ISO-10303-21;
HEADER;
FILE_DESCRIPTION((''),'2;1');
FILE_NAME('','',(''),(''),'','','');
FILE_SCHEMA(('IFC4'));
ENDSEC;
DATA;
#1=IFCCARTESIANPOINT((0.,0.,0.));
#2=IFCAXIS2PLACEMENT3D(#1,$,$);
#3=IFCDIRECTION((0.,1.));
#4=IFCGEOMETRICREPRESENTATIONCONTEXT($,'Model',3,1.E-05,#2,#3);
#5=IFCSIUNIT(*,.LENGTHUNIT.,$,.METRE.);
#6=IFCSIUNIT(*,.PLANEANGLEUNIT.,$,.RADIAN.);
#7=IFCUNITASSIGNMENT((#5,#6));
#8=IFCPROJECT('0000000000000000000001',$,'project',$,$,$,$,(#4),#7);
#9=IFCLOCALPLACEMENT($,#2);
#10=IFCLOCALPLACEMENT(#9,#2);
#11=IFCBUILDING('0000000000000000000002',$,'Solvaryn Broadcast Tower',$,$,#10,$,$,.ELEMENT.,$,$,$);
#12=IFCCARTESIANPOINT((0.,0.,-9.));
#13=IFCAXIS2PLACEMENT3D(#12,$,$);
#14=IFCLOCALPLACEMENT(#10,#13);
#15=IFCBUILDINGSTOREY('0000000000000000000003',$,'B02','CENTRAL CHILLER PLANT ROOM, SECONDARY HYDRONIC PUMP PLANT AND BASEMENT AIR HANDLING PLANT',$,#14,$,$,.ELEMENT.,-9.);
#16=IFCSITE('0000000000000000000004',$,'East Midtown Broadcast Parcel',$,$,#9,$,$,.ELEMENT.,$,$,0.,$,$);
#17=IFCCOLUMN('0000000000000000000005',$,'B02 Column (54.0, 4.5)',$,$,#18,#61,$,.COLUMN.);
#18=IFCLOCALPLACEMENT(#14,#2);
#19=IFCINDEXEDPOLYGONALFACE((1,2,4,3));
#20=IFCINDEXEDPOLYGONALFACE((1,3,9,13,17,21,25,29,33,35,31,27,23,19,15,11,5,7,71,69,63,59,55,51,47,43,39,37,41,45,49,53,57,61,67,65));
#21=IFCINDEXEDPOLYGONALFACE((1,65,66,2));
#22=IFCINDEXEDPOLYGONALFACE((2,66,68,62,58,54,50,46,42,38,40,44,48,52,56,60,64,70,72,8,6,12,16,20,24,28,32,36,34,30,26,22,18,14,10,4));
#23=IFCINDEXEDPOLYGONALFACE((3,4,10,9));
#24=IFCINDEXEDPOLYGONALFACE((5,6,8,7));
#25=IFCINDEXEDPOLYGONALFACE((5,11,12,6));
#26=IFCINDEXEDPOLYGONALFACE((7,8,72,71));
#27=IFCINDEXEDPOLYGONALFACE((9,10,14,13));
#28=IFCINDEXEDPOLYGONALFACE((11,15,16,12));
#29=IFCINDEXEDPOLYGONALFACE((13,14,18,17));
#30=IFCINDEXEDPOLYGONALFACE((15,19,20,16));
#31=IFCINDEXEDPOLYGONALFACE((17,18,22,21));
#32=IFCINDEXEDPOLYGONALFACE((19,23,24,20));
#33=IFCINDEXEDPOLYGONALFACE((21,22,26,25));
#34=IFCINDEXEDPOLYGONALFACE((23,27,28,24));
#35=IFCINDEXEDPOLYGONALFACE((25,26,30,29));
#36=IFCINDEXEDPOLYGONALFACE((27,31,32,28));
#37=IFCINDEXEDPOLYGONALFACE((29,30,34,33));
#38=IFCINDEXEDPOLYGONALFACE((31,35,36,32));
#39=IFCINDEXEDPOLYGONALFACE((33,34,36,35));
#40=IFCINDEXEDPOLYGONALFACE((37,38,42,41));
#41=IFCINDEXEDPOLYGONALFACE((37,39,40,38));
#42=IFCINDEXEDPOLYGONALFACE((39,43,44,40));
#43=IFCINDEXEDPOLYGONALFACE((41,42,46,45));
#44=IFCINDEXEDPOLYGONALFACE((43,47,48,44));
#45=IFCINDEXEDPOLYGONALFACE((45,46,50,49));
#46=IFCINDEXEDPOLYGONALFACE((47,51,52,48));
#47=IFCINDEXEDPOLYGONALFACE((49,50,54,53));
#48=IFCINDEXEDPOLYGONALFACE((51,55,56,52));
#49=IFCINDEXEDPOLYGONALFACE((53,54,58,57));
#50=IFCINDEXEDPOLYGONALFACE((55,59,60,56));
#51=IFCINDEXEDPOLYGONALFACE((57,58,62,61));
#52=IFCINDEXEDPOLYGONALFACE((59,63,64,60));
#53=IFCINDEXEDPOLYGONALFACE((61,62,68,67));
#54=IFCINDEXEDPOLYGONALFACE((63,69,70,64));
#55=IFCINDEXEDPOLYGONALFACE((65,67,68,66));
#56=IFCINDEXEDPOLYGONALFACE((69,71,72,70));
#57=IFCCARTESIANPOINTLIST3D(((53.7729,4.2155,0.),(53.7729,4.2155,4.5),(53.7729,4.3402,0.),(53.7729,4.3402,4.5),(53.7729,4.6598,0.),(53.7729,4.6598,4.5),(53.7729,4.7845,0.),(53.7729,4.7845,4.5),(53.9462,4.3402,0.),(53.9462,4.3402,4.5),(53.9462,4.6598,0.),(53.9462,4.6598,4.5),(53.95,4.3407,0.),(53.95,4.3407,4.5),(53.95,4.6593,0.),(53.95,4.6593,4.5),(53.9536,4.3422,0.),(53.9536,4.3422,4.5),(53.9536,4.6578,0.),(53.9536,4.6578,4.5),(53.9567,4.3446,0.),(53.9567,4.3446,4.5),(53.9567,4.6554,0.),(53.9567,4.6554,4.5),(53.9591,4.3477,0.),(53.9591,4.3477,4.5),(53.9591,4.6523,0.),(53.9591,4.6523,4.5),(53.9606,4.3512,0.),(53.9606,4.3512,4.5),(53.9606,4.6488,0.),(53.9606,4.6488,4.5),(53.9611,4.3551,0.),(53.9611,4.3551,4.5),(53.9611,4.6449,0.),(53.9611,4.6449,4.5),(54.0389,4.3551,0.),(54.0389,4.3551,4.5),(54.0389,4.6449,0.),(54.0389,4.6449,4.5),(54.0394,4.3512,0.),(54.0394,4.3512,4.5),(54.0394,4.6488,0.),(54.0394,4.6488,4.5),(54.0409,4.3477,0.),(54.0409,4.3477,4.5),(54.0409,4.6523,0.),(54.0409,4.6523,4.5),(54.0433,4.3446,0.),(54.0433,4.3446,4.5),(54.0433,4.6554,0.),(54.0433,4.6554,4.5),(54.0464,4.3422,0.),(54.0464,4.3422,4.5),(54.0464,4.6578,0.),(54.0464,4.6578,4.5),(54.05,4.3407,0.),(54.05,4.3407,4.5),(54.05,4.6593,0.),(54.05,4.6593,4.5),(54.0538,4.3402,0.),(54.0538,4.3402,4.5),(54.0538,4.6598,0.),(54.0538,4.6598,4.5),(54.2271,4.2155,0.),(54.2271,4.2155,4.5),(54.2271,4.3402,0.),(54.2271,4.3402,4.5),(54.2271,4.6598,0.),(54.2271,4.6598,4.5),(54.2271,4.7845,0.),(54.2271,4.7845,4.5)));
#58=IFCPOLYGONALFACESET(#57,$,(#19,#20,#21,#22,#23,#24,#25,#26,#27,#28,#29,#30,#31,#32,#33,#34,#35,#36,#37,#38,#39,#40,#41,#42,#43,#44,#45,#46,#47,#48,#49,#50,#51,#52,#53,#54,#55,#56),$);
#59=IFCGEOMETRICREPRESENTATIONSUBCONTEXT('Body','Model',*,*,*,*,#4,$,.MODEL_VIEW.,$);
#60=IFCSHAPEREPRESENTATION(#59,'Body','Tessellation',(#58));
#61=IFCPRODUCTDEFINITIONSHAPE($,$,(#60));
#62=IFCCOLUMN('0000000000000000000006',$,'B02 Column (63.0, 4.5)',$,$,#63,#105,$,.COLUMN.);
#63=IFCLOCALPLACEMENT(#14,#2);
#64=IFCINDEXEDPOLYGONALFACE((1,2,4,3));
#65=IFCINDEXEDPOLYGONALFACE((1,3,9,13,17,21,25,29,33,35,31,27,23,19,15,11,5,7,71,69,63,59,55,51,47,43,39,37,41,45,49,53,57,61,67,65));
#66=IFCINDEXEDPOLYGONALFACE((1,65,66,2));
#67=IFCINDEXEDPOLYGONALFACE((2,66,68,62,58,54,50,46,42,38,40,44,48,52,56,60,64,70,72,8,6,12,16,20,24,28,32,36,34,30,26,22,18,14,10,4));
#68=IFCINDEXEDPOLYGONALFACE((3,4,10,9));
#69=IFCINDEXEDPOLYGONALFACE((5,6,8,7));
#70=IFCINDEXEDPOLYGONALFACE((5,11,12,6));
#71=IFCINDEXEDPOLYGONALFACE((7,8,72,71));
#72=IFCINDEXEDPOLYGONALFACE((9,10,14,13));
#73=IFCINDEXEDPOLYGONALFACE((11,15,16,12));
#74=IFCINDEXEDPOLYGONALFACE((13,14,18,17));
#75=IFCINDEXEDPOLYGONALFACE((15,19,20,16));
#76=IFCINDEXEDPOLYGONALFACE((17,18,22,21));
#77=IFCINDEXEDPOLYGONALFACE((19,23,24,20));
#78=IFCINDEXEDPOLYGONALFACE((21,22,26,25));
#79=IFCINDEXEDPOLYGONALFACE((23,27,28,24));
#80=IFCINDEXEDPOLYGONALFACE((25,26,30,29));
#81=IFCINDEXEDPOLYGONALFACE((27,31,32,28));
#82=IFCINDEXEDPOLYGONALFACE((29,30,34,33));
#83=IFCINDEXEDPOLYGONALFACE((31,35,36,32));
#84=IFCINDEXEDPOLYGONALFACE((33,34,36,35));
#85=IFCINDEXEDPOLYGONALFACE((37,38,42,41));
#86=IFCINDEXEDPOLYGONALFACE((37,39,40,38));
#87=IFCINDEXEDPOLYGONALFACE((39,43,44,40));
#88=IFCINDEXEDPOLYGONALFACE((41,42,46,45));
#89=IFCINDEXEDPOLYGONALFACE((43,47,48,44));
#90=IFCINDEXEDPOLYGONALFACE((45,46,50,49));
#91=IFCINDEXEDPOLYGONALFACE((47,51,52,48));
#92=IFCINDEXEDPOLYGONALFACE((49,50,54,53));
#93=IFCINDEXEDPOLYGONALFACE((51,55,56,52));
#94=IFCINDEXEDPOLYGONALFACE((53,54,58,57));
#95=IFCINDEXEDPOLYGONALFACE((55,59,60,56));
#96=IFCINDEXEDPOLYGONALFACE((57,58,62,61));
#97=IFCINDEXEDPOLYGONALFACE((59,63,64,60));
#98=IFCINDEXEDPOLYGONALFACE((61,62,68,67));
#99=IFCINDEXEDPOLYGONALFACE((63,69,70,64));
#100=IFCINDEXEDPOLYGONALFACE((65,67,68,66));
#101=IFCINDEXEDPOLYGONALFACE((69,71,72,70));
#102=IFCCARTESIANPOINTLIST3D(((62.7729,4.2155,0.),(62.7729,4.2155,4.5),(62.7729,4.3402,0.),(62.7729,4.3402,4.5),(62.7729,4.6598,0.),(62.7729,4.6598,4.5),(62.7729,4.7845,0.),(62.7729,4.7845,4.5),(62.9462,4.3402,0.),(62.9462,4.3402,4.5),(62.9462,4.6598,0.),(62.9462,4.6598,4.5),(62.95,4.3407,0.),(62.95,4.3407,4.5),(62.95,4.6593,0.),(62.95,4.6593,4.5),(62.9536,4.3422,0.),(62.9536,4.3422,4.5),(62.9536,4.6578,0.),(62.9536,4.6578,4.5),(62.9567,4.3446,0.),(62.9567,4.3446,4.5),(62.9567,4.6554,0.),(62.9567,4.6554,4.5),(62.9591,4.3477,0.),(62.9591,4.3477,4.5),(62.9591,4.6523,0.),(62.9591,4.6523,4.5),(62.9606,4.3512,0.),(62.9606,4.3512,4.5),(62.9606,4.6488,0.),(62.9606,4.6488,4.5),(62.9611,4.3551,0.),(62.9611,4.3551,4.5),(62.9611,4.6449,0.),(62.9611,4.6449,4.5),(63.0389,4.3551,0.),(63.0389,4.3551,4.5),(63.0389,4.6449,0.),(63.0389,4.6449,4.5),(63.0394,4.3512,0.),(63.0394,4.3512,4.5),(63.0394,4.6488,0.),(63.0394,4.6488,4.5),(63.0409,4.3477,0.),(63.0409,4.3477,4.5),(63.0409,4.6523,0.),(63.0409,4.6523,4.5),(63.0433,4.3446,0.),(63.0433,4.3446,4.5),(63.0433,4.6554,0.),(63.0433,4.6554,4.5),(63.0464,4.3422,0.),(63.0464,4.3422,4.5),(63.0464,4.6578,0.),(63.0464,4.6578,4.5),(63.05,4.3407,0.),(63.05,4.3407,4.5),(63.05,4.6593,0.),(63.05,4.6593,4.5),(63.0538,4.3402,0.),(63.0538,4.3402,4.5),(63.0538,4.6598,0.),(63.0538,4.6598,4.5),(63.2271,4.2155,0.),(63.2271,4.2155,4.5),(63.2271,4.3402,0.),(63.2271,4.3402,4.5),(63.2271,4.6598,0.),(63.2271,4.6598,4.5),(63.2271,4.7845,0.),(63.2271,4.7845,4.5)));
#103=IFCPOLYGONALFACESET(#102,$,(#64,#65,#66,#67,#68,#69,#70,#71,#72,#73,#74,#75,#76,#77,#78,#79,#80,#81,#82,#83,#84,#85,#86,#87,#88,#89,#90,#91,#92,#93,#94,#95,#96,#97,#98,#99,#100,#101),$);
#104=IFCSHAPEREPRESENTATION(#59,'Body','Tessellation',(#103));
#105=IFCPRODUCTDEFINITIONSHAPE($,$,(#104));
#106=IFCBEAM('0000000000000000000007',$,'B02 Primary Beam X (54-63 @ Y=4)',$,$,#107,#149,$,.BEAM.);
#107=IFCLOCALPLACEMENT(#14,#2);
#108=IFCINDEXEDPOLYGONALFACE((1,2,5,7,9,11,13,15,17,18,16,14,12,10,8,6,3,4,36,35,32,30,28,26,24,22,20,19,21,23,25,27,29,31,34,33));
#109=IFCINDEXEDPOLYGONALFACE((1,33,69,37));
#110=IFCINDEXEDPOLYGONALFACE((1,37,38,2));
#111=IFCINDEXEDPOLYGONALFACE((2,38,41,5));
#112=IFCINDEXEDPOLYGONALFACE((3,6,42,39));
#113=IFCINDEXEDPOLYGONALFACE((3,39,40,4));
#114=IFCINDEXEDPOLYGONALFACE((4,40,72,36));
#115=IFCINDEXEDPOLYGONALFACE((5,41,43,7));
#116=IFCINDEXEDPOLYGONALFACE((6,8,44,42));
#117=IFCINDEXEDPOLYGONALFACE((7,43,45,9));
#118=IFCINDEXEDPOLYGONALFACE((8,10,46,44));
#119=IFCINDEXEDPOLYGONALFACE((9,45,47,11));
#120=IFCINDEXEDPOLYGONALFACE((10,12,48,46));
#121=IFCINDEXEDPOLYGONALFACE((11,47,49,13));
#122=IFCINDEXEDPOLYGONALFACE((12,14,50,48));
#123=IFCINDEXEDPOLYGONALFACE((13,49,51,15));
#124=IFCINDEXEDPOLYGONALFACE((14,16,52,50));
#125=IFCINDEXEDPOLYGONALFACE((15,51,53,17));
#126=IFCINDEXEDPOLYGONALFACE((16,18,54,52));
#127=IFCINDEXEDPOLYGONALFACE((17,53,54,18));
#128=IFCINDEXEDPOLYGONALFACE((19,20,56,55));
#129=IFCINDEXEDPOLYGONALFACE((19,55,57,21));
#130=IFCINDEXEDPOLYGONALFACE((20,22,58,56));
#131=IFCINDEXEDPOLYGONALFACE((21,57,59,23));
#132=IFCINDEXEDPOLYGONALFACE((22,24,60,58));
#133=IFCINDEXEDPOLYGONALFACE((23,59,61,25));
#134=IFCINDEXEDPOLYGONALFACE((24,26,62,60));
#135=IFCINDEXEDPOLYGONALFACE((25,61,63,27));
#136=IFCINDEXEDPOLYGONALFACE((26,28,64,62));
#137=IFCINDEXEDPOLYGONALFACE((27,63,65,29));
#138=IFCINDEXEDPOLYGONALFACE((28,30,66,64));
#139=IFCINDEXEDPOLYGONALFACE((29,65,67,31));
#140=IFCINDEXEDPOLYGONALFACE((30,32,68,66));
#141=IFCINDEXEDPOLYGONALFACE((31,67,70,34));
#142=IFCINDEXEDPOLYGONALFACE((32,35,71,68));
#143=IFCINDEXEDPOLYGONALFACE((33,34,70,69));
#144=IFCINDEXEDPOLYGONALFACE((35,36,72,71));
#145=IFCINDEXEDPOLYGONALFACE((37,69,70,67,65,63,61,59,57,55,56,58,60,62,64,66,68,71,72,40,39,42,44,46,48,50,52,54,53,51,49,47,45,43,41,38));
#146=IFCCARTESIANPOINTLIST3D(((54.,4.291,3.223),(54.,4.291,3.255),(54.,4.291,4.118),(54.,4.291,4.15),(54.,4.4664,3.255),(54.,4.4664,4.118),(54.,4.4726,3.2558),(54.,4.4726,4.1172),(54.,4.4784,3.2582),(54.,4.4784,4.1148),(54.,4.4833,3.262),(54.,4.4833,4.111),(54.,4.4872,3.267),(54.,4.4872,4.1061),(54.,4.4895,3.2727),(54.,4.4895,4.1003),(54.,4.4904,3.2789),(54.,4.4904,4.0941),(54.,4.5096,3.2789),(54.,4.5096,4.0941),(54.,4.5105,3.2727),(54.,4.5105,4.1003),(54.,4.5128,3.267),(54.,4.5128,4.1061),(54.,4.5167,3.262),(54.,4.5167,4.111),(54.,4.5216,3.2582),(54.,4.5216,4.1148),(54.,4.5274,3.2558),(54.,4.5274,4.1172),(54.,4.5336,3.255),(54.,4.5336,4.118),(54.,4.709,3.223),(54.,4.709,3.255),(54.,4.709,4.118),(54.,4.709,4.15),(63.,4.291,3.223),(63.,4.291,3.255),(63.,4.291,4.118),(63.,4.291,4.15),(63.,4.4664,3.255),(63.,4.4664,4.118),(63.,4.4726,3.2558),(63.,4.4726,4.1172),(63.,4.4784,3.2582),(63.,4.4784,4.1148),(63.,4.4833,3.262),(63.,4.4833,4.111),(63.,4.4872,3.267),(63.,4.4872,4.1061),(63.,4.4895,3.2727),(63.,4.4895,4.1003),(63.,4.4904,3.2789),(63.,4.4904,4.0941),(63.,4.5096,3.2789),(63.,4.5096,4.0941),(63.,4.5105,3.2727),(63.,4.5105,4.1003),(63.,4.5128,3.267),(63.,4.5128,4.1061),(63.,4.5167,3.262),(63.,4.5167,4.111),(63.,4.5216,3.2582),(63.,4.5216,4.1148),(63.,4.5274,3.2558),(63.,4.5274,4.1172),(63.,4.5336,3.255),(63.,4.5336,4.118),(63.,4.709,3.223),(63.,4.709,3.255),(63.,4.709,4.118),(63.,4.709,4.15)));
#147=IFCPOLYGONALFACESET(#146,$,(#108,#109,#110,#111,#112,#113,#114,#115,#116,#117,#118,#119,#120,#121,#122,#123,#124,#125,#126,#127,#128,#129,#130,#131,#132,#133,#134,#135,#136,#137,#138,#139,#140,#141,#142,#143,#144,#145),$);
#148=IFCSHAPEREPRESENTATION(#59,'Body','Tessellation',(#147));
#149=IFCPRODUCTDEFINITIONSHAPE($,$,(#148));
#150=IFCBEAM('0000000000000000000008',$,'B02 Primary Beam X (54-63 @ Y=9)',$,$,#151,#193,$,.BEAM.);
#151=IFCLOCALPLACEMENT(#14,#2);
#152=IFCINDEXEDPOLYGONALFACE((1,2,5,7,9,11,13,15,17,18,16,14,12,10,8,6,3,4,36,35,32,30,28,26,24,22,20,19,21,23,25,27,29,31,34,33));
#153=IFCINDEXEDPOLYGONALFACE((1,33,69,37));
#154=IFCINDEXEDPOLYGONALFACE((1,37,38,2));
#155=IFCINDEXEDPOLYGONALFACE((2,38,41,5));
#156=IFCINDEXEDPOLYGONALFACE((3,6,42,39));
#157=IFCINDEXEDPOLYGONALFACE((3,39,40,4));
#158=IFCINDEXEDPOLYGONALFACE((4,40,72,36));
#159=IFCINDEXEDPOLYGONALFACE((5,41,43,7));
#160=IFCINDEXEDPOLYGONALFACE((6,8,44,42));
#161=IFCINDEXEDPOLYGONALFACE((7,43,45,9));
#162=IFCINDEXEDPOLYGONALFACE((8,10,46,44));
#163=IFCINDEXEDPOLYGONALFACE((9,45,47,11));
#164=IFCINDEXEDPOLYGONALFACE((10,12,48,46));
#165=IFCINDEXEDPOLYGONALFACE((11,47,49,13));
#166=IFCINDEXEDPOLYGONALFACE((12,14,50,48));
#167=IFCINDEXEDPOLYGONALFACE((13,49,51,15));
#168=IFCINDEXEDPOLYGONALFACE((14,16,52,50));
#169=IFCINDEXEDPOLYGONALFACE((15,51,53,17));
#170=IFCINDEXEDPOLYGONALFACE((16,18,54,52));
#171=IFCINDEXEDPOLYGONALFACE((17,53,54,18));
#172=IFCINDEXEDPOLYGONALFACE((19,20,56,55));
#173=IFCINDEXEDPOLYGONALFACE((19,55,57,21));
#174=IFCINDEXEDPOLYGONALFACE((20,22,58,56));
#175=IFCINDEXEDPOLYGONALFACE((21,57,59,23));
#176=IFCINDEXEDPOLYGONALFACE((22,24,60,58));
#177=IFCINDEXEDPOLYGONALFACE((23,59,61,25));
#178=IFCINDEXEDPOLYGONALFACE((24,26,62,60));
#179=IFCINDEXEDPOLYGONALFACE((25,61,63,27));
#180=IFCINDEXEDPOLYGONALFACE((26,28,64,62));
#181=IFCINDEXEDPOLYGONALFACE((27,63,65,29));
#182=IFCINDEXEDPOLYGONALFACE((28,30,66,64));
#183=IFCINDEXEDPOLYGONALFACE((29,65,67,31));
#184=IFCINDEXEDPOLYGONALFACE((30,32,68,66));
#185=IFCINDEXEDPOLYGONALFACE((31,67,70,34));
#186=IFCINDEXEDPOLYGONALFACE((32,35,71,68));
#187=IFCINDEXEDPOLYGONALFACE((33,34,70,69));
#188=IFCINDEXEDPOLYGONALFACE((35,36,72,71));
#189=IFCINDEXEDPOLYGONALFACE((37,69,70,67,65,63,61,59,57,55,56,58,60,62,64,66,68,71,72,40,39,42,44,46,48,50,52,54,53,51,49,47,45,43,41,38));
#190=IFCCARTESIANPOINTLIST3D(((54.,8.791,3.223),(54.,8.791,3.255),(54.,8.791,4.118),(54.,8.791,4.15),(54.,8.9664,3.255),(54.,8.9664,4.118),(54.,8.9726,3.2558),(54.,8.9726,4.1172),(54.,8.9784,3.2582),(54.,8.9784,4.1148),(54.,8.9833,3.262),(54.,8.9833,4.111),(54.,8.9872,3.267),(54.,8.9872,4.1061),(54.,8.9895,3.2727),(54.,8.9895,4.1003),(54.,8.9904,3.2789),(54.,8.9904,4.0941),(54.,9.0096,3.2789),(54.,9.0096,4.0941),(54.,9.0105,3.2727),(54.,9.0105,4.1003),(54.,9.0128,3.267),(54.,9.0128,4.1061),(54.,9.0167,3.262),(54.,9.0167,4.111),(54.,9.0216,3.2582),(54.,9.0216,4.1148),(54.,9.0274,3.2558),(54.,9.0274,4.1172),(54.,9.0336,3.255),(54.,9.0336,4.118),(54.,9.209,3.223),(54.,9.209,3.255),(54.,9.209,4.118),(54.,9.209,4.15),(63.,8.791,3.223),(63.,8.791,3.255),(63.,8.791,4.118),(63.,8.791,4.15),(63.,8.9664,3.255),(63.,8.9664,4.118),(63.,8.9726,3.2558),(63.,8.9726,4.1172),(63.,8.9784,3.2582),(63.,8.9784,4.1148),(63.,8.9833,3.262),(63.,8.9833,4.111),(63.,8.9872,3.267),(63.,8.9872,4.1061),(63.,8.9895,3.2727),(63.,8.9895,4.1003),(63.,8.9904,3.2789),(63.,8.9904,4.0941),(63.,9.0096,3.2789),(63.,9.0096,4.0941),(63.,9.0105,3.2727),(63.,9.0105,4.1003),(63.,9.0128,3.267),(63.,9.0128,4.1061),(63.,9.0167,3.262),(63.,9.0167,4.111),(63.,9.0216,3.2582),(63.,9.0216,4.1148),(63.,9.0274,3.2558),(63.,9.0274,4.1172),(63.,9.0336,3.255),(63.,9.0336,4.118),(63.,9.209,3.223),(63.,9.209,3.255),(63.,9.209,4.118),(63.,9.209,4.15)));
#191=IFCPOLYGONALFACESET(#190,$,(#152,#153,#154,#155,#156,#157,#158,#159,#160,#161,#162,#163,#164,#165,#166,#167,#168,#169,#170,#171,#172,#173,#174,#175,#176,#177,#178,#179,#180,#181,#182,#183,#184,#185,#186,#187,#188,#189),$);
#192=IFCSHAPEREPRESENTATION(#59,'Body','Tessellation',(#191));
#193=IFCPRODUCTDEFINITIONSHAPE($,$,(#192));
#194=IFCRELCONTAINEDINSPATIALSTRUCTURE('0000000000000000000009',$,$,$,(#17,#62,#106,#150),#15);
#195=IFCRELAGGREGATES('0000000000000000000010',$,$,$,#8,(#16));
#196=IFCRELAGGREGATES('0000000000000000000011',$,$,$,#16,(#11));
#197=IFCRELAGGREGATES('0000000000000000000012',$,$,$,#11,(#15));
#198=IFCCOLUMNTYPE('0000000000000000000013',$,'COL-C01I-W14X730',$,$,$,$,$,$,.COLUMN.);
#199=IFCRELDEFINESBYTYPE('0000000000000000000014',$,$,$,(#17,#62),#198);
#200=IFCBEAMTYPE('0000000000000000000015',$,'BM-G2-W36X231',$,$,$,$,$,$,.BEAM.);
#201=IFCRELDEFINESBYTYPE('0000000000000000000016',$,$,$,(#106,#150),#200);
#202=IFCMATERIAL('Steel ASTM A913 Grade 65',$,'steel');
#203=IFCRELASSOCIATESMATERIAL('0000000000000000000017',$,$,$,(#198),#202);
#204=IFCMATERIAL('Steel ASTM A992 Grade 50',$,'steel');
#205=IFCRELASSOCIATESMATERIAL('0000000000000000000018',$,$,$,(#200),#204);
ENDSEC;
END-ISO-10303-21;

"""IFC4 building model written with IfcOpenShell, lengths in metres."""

from ifc_helpers import new_model, si_unit, direction, frame, origin, origin_2d, place, context, subcontext, project, spatial, i_section, extrude, material, material_profile, profile_set, type_object, element, save


model = new_model("IFC4")

# Units and contexts
model_context = context("Model", 3, precision=1e-05, world=origin(), true_north=direction((0.0, 1.0)))
body_context = subcontext(model_context, "Body", "Model", "MODEL_VIEW")
ifc_project = project(units=[si_unit("LENGTHUNIT", "METRE"), si_unit("PLANEANGLEUNIT", "RADIAN")], contexts=[model_context])

# Site, building, storey
site_placement = place(None, origin())
site = spatial("IfcSite", under=ifc_project, at=site_placement, Name="East Midtown Broadcast Parcel", CompositionType="ELEMENT", RefElevation=0.0)
building_placement = place(site_placement, origin())
building = spatial("IfcBuilding", under=site, at=building_placement, Name="Solvaryn Broadcast Tower", CompositionType="ELEMENT")
storey_placement = place(building_placement, frame((0.0, 0.0, -9.0)))
storey = spatial("IfcBuildingStorey", under=building, at=storey_placement, Name="B02", Description="CENTRAL CHILLER PLANT ROOM, SECONDARY HYDRONIC PUMP PLANT AND BASEMENT AIR HANDLING PLANT", CompositionType="ELEMENT", Elevation=-9.0)

# Columns
ifc_material_1 = material(Name="Steel ASTM A913 Grade 65", Category="steel")
ifc_material_profile_1 = material_profile(ifc_material_1, i_section(OverallWidth=0.4541, OverallDepth=0.5691, WebThickness=0.0779, FlangeThickness=0.1248, FilletRadius=0.0149, at=origin_2d()))
ifc_profile_set_1 = profile_set([ifc_material_profile_1], Name="Steel ASTM A913 Grade 65")
column_type_1 = type_object("IfcColumnType", Name="COL-C01I-W14X730", PredefinedType="COLUMN", material=ifc_profile_set_1)
for number, where, z_axis, x_axis, name in (
    (1, (54.0, 4.5, 0.0), (0.0, 0.0, 1.0), (1.0, 0.0, 0.0), "B02 Column (54.0, 4.5)"),
    (2, (63.0, 4.5, 0.0), (0.0, 0.0, 1.0), (1.0, 0.0, 0.0), "B02 Column (63.0, 4.5)"),
):
    element("IfcColumn", number, at=place(storey_placement, frame(where, z_axis=z_axis, x_axis=x_axis)), inside=storey, type_object=column_type_1, Name=name, PredefinedType="COLUMN", context=body_context, shape_type="SweptSolid", body=[
        extrude(i_section(OverallWidth=0.4541, OverallDepth=0.5691, WebThickness=0.0779, FlangeThickness=0.1248, FilletRadius=0.0149, at=origin_2d()), origin(), (0.0, 0.0, 1.0), 4.5),
    ])

# Beams
ifc_material_2 = material(Name="Steel ASTM A992 Grade 50", Category="steel")
ifc_material_profile_2 = material_profile(ifc_material_2, i_section(OverallWidth=0.418, OverallDepth=0.927, WebThickness=0.0193, FlangeThickness=0.032, FilletRadius=0.0239, at=origin_2d()))
ifc_profile_set_2 = profile_set([ifc_material_profile_2], Name="Steel ASTM A992 Grade 50")
beam_type_1 = type_object("IfcBeamType", Name="BM-G2-W36X231", PredefinedType="BEAM", material=ifc_profile_set_2)
for number, where, z_axis, x_axis, name in (
    (3, (54.0, 4.5, 3.6865), (1.0, 0.0, 0.0), (0.0, 1.0, 0.0), "B02 Primary Beam X (54-63 @ Y=4)"),
    (4, (54.0, 9.0, 3.6865), (1.0, 0.0, 0.0), (0.0, 1.0, 0.0), "B02 Primary Beam X (54-63 @ Y=9)"),
):
    element("IfcBeam", number, at=place(storey_placement, frame(where, z_axis=z_axis, x_axis=x_axis)), inside=storey, type_object=beam_type_1, Name=name, PredefinedType="BEAM", context=body_context, shape_type="SweptSolid", body=[
        extrude(i_section(OverallWidth=0.418, OverallDepth=0.927, WebThickness=0.0193, FlangeThickness=0.032, FilletRadius=0.0239, at=origin_2d()), origin(), (0.0, 0.0, 1.0), 9.0),
    ])

save(model, "model.ifc")
